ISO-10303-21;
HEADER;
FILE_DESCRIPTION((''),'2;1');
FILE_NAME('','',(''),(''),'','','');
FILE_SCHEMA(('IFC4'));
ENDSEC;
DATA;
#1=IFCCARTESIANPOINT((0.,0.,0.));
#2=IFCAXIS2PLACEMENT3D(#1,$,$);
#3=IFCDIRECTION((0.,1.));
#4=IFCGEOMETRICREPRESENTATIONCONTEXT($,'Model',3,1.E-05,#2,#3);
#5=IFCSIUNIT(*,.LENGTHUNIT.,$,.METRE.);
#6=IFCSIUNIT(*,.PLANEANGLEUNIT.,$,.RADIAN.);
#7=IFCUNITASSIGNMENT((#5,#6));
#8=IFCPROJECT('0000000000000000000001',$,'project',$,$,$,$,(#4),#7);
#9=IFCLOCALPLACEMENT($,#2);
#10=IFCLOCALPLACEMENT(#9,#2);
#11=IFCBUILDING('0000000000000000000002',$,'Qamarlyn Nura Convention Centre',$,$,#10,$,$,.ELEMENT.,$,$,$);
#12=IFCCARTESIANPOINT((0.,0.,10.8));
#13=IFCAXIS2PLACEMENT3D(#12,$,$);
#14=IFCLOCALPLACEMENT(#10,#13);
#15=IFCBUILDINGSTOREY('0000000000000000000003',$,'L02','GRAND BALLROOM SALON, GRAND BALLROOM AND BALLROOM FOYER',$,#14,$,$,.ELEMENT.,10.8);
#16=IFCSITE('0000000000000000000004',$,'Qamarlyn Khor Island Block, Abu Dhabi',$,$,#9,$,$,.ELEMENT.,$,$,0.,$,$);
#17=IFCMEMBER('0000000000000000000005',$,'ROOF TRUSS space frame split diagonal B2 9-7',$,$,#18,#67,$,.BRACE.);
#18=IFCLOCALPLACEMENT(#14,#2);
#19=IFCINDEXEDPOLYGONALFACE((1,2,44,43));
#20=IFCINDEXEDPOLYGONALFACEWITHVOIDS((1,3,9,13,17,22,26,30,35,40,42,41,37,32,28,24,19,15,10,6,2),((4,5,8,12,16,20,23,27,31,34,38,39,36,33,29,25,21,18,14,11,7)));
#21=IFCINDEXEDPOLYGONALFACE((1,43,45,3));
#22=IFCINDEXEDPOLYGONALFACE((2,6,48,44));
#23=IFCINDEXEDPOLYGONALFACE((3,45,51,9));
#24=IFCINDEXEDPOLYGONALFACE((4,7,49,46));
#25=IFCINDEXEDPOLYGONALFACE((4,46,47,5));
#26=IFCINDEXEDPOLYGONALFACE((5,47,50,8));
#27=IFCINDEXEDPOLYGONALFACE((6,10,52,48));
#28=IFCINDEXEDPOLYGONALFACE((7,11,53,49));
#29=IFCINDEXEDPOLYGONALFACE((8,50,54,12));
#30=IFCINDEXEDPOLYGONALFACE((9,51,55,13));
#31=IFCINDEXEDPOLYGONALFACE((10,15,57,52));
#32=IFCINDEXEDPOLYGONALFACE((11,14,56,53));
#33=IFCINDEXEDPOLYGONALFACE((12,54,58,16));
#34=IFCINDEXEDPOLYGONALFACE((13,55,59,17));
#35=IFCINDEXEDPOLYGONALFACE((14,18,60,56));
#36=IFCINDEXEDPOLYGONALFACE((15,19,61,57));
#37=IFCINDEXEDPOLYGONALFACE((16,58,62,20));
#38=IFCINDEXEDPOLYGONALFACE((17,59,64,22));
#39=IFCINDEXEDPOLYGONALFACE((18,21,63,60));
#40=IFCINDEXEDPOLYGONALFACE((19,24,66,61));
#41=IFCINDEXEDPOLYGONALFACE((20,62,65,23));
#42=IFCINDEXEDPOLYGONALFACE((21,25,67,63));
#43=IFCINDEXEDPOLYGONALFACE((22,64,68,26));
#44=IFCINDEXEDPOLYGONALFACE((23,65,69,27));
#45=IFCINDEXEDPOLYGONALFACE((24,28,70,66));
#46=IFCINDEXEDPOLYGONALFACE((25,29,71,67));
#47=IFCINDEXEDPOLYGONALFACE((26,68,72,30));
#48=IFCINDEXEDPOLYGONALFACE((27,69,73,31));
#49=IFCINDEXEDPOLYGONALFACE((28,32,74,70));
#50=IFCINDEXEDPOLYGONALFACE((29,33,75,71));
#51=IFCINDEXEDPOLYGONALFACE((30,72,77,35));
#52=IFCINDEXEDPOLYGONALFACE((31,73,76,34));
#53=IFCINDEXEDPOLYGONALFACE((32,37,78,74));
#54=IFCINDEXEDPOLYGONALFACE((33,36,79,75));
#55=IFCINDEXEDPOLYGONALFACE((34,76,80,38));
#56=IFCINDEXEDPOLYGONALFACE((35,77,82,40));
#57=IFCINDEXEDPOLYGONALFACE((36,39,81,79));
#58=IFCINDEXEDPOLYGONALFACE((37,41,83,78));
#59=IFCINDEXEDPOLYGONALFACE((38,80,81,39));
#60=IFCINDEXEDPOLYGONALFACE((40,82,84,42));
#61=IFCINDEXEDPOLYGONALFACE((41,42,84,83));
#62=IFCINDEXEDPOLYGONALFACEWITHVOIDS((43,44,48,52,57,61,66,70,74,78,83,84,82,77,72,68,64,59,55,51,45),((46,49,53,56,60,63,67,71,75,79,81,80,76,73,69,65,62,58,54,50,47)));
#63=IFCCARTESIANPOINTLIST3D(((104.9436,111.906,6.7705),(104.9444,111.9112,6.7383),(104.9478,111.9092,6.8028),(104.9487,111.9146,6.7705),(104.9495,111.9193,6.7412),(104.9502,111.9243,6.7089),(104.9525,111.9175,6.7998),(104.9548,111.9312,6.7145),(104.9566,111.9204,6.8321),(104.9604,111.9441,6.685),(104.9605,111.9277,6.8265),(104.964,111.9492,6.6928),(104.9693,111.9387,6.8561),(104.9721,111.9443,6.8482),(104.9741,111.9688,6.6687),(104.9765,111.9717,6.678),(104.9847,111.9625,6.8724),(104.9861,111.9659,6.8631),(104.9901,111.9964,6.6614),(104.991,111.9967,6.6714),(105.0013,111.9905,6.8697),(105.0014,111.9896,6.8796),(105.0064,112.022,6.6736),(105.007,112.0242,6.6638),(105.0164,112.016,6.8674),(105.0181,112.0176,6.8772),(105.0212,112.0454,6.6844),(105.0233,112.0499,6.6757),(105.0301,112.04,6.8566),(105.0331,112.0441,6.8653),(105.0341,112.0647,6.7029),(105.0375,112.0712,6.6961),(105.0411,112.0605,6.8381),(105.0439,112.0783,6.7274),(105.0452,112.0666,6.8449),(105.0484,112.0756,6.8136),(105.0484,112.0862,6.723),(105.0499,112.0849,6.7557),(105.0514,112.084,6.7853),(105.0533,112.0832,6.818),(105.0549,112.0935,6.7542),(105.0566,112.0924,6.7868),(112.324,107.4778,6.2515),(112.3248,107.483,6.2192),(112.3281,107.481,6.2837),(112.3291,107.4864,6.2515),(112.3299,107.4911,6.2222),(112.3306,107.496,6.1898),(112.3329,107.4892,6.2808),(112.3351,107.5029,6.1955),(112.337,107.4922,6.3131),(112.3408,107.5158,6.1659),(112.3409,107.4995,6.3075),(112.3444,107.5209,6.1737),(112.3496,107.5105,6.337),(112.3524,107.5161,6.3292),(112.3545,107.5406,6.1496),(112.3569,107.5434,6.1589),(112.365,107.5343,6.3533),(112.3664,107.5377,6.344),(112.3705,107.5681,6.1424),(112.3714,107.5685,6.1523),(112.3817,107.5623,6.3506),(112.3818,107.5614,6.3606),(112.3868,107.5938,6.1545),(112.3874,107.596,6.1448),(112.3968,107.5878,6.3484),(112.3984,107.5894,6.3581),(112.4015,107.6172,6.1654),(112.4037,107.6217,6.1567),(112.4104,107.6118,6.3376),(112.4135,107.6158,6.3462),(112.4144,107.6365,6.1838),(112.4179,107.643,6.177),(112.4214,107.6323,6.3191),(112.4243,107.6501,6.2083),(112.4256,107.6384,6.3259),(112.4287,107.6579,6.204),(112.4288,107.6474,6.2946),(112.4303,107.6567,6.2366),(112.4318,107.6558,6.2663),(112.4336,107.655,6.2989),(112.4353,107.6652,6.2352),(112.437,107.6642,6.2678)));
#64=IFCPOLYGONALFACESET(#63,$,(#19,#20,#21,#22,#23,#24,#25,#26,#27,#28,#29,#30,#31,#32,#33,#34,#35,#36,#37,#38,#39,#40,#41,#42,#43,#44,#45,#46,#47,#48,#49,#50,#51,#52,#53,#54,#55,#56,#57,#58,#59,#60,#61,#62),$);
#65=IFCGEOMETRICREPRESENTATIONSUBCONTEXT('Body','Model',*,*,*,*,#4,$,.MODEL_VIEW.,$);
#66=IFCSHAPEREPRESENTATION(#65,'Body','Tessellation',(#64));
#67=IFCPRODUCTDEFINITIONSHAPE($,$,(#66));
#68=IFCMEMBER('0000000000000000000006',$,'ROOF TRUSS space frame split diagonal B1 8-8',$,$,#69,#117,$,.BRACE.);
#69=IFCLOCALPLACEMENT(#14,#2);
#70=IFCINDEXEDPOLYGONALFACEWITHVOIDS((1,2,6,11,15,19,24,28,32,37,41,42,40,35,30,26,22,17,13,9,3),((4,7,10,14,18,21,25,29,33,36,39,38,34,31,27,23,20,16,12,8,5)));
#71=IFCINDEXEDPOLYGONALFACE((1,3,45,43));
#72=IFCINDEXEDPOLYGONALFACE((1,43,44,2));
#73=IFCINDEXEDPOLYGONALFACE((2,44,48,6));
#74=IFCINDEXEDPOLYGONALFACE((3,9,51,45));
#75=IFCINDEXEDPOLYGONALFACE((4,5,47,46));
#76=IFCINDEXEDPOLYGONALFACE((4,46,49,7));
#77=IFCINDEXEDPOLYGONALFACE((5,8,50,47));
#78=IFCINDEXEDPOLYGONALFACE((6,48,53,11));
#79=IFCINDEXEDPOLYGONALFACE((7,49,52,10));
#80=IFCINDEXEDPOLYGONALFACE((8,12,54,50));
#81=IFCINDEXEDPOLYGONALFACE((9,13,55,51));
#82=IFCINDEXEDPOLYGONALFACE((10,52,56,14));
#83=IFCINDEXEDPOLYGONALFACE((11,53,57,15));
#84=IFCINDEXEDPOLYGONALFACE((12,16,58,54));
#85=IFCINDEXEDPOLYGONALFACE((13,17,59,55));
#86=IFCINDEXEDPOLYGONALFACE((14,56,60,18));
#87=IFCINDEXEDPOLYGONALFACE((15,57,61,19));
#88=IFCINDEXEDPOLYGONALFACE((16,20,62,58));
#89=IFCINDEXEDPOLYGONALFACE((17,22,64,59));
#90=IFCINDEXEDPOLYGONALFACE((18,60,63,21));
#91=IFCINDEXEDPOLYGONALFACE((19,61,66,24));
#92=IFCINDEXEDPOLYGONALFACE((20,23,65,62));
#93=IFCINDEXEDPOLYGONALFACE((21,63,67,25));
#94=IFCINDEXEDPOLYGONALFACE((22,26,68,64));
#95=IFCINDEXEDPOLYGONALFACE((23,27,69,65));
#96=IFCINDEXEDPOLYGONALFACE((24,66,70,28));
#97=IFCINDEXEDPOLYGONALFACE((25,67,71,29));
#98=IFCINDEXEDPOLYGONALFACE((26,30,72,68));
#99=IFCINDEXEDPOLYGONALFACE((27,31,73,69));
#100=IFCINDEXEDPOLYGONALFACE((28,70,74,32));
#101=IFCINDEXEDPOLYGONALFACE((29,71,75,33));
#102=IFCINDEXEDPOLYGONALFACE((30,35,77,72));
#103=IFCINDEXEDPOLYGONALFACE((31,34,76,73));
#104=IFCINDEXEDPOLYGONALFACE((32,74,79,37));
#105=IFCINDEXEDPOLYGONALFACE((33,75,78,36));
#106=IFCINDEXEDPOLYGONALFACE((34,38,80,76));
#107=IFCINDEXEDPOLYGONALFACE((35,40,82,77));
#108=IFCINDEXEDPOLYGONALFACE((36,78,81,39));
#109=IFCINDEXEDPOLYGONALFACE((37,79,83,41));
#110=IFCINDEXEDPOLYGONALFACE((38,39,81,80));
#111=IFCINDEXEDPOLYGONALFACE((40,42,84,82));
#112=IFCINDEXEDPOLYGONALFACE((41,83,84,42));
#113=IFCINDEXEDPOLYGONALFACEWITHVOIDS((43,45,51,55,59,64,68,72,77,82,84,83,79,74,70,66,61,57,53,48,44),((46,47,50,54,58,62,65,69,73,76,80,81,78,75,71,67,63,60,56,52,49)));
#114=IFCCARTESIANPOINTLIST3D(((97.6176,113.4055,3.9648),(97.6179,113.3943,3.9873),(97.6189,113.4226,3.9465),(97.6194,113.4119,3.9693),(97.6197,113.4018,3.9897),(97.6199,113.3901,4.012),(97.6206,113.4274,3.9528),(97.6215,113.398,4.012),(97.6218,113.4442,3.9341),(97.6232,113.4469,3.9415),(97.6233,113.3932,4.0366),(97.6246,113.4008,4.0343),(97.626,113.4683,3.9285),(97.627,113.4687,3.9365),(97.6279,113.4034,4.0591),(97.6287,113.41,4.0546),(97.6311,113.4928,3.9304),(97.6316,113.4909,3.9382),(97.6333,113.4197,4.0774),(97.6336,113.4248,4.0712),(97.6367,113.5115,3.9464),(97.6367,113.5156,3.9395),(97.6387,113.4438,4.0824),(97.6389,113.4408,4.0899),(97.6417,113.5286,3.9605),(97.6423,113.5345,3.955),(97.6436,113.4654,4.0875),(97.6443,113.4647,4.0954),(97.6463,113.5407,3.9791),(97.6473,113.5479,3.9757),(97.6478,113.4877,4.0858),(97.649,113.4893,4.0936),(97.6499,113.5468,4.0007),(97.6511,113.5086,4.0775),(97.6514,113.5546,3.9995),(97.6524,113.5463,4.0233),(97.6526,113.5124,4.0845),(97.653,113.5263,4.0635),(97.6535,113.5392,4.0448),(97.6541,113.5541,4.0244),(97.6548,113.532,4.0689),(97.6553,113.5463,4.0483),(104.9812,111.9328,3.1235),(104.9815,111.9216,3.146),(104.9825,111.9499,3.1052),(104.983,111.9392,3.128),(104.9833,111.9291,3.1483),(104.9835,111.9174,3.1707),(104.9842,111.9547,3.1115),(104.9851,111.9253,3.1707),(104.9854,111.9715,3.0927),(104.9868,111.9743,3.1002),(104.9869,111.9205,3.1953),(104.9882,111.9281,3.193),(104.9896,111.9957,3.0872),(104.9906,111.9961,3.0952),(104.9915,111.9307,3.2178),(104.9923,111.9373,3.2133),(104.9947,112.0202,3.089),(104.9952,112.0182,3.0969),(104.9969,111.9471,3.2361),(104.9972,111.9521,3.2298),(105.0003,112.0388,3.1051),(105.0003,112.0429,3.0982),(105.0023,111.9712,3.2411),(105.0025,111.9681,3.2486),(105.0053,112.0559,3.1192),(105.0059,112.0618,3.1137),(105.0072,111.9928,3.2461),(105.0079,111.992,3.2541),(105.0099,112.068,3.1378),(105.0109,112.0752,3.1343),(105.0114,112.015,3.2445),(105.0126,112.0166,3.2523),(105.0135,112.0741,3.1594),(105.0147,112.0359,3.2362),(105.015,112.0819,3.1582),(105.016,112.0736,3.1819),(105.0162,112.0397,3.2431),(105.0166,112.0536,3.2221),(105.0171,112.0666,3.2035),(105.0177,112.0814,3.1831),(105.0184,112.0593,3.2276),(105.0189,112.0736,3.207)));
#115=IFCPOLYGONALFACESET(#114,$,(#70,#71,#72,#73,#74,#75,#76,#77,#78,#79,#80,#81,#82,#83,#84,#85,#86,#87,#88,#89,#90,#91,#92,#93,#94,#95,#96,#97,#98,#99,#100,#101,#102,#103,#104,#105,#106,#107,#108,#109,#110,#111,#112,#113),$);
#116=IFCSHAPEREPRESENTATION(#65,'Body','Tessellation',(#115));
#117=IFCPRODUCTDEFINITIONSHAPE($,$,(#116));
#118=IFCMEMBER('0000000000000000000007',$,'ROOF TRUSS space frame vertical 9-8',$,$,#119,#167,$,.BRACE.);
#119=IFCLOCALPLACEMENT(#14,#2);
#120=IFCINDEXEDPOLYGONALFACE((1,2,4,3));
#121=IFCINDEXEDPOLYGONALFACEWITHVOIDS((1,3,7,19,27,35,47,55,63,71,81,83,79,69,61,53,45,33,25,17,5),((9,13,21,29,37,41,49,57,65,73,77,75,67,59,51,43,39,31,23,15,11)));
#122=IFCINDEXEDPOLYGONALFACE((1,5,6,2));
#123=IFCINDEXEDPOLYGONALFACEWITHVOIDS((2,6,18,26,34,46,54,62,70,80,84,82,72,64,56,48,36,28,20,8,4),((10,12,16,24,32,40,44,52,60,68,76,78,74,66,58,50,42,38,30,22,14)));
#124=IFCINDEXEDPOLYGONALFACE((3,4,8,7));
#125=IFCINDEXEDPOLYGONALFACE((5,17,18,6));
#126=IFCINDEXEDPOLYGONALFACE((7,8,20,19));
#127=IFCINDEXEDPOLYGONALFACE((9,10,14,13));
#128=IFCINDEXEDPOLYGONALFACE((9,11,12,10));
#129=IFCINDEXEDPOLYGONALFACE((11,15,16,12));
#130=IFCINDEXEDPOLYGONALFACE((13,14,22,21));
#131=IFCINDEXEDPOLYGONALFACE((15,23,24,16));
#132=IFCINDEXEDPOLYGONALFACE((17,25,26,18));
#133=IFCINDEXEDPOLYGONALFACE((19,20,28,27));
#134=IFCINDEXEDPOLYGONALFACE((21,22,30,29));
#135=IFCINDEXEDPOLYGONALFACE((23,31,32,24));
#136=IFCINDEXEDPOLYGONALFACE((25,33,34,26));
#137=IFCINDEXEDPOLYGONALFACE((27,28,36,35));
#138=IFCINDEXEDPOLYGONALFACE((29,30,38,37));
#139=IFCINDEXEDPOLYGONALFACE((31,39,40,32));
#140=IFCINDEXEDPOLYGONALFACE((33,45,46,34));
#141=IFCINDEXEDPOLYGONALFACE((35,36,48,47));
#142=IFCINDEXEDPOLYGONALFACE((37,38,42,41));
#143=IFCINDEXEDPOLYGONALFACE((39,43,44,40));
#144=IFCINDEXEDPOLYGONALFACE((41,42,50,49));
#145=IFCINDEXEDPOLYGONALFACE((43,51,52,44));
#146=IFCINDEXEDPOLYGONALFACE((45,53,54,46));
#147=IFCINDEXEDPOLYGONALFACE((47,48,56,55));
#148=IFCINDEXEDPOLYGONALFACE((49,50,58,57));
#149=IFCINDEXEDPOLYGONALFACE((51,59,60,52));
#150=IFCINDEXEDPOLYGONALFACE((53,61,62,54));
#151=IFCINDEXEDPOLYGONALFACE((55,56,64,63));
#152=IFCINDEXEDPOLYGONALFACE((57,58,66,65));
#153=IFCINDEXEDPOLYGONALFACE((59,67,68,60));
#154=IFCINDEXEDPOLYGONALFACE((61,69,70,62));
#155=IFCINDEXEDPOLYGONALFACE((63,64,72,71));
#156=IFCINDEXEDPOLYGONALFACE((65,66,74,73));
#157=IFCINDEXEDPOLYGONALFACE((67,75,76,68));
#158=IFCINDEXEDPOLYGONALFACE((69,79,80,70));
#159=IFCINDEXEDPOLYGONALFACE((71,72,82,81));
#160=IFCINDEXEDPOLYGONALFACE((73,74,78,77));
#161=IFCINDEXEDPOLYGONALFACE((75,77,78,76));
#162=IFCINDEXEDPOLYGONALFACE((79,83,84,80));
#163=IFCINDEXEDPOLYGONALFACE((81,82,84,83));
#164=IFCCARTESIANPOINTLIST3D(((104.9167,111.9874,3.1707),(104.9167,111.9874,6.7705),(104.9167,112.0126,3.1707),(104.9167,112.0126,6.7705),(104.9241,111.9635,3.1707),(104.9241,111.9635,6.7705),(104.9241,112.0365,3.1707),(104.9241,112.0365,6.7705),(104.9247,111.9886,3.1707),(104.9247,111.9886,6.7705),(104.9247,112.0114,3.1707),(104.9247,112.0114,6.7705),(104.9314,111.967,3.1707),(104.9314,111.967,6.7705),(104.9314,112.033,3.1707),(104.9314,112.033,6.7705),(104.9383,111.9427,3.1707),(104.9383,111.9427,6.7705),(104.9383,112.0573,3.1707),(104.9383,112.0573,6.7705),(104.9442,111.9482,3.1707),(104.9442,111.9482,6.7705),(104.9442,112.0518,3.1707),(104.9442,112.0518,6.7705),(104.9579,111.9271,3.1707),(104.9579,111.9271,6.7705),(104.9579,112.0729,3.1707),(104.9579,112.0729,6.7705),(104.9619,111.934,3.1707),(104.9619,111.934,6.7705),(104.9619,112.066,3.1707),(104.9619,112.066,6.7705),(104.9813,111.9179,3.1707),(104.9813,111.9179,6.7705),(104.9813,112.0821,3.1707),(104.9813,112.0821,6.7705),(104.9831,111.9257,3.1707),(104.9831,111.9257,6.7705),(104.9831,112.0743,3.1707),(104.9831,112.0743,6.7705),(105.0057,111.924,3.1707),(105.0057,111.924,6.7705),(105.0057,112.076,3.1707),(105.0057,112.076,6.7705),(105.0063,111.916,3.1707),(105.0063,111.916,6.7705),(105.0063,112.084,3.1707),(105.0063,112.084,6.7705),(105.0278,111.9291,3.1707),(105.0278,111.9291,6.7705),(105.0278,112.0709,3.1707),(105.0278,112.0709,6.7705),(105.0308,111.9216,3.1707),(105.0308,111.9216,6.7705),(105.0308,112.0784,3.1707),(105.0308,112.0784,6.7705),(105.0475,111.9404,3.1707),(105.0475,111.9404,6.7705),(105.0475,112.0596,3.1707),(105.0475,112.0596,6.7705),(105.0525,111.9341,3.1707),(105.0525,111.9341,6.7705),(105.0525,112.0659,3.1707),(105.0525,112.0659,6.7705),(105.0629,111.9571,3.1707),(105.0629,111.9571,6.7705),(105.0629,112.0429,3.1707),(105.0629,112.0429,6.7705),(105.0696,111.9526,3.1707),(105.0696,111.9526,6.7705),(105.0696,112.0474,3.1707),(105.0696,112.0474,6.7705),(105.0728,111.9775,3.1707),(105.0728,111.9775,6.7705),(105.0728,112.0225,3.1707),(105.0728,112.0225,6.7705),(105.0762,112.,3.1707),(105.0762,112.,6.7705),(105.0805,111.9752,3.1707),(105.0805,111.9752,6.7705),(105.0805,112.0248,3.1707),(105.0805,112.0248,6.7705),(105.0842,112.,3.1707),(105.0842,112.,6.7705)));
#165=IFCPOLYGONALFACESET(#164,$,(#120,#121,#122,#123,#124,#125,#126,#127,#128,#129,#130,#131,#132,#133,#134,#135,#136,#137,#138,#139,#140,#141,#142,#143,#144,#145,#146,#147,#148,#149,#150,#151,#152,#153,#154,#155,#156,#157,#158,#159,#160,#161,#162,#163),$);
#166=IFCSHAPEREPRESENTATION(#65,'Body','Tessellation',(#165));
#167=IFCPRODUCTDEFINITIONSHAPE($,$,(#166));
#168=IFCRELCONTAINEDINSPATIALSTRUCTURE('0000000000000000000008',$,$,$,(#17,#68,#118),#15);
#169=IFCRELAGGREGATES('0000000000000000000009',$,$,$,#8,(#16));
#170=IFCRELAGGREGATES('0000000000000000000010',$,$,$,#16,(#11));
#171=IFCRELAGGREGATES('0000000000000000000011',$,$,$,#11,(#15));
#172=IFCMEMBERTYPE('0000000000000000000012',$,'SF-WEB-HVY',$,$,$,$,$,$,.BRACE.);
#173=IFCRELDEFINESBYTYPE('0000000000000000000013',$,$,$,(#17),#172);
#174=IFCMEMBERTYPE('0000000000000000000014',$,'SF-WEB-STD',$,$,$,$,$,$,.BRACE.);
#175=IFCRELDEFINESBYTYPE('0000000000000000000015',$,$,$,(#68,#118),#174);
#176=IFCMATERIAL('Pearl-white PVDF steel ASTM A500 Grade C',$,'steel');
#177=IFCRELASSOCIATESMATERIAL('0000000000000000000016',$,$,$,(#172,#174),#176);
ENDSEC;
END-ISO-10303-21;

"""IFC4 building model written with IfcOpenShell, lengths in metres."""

from ifc_helpers import new_model, si_unit, direction, frame, origin, origin_2d, place, context, subcontext, project, spatial, hollow_circle, extrude, material, material_profile, profile_set, type_object, element, save


model = new_model("IFC4")

# Units and contexts
model_context = context("Model", 3, precision=1e-05, world=origin(), true_north=direction((0.0, 1.0)))
body_context = subcontext(model_context, "Body", "Model", "MODEL_VIEW")
ifc_project = project(units=[si_unit("LENGTHUNIT", "METRE"), si_unit("PLANEANGLEUNIT", "RADIAN")], contexts=[model_context])

# Site, building, storey
site_placement = place(None, origin())
site = spatial("IfcSite", under=ifc_project, at=site_placement, Name="Qamarlyn Khor Island Block, Abu Dhabi", CompositionType="ELEMENT", RefElevation=0.0)
building_placement = place(site_placement, origin())
building = spatial("IfcBuilding", under=site, at=building_placement, Name="Qamarlyn Nura Convention Centre", CompositionType="ELEMENT")
storey_placement = place(building_placement, frame((0.0, 0.0, 10.8)))
storey = spatial("IfcBuildingStorey", under=building, at=storey_placement, Name="L02", Description="GRAND BALLROOM SALON, GRAND BALLROOM AND BALLROOM FOYER", CompositionType="ELEMENT", Elevation=10.8)

# Members
ifc_material_1 = material(Name="Pearl-white PVDF steel ASTM A500 Grade C", Category="steel")
ifc_material_profile_1 = material_profile(ifc_material_1, hollow_circle(Radius=0.1096, WallThickness=0.01, at=origin_2d()), Name="CHS219.1X10")
ifc_profile_set_1 = profile_set([ifc_material_profile_1], Name="Pearl-white PVDF steel ASTM A500 Grade C")
member_type_1 = type_object("IfcMemberType", Name="SF-WEB-HVY", PredefinedType="BRACE", material=ifc_profile_set_1)
member_1_placement = place(storey_placement, frame((112.3804, 107.5718, 6.2515), z_axis=(-0.855938, 0.513563, 0.060196), x_axis=(-0.514496, -0.857493, 0.0)))
element("IfcMember", 1, at=member_1_placement, inside=storey, type_object=member_type_1, Name="ROOF TRUSS space frame split diagonal B2 9-7", PredefinedType="BRACE", context=body_context, shape_type="SweptSolid", body=[
    extrude(hollow_circle(Radius=0.1096, WallThickness=0.01, at=origin_2d()), origin(), (0.0, 0.0, 1.0), 8.6226),
])
ifc_material_profile_2 = material_profile(ifc_material_1, hollow_circle(Radius=0.0842, WallThickness=0.0081, at=origin_2d()), Name="CHS168.3X8")
ifc_profile_set_2 = profile_set([ifc_material_profile_2], Name="Pearl-white PVDF steel ASTM A500 Grade C")
member_type_2 = type_object("IfcMemberType", Name="SF-WEB-STD", PredefinedType="BRACE", material=ifc_profile_set_2)
member_2_placement = place(storey_placement, frame((105.0, 112.0, 3.1707), z_axis=(-0.974485, 0.194891, 0.111338), x_axis=(-0.19611, -0.980582, 0.0)))
element("IfcMember", 2, at=member_2_placement, inside=storey, type_object=member_type_2, Name="ROOF TRUSS space frame split diagonal B1 8-8", PredefinedType="BRACE", context=body_context, shape_type="SweptSolid", body=[
    extrude(hollow_circle(Radius=0.0842, WallThickness=0.0081, at=origin_2d()), origin(), (0.0, 0.0, 1.0), 7.5564),
])
member_3_placement = place(storey_placement, frame((105.0, 112.0, 3.1707), z_axis=(0.0, 0.0, 1.0), x_axis=(1.0, 0.0, 0.0)))
element("IfcMember", 3, at=member_3_placement, inside=storey, type_object=member_type_2, Name="ROOF TRUSS space frame vertical 9-8", PredefinedType="BRACE", context=body_context, shape_type="SweptSolid", body=[
    extrude(hollow_circle(Radius=0.0842, WallThickness=0.0081, at=origin_2d()), origin(), (0.0, 0.0, 1.0), 3.5999),
])

save(model, "model.ifc")
